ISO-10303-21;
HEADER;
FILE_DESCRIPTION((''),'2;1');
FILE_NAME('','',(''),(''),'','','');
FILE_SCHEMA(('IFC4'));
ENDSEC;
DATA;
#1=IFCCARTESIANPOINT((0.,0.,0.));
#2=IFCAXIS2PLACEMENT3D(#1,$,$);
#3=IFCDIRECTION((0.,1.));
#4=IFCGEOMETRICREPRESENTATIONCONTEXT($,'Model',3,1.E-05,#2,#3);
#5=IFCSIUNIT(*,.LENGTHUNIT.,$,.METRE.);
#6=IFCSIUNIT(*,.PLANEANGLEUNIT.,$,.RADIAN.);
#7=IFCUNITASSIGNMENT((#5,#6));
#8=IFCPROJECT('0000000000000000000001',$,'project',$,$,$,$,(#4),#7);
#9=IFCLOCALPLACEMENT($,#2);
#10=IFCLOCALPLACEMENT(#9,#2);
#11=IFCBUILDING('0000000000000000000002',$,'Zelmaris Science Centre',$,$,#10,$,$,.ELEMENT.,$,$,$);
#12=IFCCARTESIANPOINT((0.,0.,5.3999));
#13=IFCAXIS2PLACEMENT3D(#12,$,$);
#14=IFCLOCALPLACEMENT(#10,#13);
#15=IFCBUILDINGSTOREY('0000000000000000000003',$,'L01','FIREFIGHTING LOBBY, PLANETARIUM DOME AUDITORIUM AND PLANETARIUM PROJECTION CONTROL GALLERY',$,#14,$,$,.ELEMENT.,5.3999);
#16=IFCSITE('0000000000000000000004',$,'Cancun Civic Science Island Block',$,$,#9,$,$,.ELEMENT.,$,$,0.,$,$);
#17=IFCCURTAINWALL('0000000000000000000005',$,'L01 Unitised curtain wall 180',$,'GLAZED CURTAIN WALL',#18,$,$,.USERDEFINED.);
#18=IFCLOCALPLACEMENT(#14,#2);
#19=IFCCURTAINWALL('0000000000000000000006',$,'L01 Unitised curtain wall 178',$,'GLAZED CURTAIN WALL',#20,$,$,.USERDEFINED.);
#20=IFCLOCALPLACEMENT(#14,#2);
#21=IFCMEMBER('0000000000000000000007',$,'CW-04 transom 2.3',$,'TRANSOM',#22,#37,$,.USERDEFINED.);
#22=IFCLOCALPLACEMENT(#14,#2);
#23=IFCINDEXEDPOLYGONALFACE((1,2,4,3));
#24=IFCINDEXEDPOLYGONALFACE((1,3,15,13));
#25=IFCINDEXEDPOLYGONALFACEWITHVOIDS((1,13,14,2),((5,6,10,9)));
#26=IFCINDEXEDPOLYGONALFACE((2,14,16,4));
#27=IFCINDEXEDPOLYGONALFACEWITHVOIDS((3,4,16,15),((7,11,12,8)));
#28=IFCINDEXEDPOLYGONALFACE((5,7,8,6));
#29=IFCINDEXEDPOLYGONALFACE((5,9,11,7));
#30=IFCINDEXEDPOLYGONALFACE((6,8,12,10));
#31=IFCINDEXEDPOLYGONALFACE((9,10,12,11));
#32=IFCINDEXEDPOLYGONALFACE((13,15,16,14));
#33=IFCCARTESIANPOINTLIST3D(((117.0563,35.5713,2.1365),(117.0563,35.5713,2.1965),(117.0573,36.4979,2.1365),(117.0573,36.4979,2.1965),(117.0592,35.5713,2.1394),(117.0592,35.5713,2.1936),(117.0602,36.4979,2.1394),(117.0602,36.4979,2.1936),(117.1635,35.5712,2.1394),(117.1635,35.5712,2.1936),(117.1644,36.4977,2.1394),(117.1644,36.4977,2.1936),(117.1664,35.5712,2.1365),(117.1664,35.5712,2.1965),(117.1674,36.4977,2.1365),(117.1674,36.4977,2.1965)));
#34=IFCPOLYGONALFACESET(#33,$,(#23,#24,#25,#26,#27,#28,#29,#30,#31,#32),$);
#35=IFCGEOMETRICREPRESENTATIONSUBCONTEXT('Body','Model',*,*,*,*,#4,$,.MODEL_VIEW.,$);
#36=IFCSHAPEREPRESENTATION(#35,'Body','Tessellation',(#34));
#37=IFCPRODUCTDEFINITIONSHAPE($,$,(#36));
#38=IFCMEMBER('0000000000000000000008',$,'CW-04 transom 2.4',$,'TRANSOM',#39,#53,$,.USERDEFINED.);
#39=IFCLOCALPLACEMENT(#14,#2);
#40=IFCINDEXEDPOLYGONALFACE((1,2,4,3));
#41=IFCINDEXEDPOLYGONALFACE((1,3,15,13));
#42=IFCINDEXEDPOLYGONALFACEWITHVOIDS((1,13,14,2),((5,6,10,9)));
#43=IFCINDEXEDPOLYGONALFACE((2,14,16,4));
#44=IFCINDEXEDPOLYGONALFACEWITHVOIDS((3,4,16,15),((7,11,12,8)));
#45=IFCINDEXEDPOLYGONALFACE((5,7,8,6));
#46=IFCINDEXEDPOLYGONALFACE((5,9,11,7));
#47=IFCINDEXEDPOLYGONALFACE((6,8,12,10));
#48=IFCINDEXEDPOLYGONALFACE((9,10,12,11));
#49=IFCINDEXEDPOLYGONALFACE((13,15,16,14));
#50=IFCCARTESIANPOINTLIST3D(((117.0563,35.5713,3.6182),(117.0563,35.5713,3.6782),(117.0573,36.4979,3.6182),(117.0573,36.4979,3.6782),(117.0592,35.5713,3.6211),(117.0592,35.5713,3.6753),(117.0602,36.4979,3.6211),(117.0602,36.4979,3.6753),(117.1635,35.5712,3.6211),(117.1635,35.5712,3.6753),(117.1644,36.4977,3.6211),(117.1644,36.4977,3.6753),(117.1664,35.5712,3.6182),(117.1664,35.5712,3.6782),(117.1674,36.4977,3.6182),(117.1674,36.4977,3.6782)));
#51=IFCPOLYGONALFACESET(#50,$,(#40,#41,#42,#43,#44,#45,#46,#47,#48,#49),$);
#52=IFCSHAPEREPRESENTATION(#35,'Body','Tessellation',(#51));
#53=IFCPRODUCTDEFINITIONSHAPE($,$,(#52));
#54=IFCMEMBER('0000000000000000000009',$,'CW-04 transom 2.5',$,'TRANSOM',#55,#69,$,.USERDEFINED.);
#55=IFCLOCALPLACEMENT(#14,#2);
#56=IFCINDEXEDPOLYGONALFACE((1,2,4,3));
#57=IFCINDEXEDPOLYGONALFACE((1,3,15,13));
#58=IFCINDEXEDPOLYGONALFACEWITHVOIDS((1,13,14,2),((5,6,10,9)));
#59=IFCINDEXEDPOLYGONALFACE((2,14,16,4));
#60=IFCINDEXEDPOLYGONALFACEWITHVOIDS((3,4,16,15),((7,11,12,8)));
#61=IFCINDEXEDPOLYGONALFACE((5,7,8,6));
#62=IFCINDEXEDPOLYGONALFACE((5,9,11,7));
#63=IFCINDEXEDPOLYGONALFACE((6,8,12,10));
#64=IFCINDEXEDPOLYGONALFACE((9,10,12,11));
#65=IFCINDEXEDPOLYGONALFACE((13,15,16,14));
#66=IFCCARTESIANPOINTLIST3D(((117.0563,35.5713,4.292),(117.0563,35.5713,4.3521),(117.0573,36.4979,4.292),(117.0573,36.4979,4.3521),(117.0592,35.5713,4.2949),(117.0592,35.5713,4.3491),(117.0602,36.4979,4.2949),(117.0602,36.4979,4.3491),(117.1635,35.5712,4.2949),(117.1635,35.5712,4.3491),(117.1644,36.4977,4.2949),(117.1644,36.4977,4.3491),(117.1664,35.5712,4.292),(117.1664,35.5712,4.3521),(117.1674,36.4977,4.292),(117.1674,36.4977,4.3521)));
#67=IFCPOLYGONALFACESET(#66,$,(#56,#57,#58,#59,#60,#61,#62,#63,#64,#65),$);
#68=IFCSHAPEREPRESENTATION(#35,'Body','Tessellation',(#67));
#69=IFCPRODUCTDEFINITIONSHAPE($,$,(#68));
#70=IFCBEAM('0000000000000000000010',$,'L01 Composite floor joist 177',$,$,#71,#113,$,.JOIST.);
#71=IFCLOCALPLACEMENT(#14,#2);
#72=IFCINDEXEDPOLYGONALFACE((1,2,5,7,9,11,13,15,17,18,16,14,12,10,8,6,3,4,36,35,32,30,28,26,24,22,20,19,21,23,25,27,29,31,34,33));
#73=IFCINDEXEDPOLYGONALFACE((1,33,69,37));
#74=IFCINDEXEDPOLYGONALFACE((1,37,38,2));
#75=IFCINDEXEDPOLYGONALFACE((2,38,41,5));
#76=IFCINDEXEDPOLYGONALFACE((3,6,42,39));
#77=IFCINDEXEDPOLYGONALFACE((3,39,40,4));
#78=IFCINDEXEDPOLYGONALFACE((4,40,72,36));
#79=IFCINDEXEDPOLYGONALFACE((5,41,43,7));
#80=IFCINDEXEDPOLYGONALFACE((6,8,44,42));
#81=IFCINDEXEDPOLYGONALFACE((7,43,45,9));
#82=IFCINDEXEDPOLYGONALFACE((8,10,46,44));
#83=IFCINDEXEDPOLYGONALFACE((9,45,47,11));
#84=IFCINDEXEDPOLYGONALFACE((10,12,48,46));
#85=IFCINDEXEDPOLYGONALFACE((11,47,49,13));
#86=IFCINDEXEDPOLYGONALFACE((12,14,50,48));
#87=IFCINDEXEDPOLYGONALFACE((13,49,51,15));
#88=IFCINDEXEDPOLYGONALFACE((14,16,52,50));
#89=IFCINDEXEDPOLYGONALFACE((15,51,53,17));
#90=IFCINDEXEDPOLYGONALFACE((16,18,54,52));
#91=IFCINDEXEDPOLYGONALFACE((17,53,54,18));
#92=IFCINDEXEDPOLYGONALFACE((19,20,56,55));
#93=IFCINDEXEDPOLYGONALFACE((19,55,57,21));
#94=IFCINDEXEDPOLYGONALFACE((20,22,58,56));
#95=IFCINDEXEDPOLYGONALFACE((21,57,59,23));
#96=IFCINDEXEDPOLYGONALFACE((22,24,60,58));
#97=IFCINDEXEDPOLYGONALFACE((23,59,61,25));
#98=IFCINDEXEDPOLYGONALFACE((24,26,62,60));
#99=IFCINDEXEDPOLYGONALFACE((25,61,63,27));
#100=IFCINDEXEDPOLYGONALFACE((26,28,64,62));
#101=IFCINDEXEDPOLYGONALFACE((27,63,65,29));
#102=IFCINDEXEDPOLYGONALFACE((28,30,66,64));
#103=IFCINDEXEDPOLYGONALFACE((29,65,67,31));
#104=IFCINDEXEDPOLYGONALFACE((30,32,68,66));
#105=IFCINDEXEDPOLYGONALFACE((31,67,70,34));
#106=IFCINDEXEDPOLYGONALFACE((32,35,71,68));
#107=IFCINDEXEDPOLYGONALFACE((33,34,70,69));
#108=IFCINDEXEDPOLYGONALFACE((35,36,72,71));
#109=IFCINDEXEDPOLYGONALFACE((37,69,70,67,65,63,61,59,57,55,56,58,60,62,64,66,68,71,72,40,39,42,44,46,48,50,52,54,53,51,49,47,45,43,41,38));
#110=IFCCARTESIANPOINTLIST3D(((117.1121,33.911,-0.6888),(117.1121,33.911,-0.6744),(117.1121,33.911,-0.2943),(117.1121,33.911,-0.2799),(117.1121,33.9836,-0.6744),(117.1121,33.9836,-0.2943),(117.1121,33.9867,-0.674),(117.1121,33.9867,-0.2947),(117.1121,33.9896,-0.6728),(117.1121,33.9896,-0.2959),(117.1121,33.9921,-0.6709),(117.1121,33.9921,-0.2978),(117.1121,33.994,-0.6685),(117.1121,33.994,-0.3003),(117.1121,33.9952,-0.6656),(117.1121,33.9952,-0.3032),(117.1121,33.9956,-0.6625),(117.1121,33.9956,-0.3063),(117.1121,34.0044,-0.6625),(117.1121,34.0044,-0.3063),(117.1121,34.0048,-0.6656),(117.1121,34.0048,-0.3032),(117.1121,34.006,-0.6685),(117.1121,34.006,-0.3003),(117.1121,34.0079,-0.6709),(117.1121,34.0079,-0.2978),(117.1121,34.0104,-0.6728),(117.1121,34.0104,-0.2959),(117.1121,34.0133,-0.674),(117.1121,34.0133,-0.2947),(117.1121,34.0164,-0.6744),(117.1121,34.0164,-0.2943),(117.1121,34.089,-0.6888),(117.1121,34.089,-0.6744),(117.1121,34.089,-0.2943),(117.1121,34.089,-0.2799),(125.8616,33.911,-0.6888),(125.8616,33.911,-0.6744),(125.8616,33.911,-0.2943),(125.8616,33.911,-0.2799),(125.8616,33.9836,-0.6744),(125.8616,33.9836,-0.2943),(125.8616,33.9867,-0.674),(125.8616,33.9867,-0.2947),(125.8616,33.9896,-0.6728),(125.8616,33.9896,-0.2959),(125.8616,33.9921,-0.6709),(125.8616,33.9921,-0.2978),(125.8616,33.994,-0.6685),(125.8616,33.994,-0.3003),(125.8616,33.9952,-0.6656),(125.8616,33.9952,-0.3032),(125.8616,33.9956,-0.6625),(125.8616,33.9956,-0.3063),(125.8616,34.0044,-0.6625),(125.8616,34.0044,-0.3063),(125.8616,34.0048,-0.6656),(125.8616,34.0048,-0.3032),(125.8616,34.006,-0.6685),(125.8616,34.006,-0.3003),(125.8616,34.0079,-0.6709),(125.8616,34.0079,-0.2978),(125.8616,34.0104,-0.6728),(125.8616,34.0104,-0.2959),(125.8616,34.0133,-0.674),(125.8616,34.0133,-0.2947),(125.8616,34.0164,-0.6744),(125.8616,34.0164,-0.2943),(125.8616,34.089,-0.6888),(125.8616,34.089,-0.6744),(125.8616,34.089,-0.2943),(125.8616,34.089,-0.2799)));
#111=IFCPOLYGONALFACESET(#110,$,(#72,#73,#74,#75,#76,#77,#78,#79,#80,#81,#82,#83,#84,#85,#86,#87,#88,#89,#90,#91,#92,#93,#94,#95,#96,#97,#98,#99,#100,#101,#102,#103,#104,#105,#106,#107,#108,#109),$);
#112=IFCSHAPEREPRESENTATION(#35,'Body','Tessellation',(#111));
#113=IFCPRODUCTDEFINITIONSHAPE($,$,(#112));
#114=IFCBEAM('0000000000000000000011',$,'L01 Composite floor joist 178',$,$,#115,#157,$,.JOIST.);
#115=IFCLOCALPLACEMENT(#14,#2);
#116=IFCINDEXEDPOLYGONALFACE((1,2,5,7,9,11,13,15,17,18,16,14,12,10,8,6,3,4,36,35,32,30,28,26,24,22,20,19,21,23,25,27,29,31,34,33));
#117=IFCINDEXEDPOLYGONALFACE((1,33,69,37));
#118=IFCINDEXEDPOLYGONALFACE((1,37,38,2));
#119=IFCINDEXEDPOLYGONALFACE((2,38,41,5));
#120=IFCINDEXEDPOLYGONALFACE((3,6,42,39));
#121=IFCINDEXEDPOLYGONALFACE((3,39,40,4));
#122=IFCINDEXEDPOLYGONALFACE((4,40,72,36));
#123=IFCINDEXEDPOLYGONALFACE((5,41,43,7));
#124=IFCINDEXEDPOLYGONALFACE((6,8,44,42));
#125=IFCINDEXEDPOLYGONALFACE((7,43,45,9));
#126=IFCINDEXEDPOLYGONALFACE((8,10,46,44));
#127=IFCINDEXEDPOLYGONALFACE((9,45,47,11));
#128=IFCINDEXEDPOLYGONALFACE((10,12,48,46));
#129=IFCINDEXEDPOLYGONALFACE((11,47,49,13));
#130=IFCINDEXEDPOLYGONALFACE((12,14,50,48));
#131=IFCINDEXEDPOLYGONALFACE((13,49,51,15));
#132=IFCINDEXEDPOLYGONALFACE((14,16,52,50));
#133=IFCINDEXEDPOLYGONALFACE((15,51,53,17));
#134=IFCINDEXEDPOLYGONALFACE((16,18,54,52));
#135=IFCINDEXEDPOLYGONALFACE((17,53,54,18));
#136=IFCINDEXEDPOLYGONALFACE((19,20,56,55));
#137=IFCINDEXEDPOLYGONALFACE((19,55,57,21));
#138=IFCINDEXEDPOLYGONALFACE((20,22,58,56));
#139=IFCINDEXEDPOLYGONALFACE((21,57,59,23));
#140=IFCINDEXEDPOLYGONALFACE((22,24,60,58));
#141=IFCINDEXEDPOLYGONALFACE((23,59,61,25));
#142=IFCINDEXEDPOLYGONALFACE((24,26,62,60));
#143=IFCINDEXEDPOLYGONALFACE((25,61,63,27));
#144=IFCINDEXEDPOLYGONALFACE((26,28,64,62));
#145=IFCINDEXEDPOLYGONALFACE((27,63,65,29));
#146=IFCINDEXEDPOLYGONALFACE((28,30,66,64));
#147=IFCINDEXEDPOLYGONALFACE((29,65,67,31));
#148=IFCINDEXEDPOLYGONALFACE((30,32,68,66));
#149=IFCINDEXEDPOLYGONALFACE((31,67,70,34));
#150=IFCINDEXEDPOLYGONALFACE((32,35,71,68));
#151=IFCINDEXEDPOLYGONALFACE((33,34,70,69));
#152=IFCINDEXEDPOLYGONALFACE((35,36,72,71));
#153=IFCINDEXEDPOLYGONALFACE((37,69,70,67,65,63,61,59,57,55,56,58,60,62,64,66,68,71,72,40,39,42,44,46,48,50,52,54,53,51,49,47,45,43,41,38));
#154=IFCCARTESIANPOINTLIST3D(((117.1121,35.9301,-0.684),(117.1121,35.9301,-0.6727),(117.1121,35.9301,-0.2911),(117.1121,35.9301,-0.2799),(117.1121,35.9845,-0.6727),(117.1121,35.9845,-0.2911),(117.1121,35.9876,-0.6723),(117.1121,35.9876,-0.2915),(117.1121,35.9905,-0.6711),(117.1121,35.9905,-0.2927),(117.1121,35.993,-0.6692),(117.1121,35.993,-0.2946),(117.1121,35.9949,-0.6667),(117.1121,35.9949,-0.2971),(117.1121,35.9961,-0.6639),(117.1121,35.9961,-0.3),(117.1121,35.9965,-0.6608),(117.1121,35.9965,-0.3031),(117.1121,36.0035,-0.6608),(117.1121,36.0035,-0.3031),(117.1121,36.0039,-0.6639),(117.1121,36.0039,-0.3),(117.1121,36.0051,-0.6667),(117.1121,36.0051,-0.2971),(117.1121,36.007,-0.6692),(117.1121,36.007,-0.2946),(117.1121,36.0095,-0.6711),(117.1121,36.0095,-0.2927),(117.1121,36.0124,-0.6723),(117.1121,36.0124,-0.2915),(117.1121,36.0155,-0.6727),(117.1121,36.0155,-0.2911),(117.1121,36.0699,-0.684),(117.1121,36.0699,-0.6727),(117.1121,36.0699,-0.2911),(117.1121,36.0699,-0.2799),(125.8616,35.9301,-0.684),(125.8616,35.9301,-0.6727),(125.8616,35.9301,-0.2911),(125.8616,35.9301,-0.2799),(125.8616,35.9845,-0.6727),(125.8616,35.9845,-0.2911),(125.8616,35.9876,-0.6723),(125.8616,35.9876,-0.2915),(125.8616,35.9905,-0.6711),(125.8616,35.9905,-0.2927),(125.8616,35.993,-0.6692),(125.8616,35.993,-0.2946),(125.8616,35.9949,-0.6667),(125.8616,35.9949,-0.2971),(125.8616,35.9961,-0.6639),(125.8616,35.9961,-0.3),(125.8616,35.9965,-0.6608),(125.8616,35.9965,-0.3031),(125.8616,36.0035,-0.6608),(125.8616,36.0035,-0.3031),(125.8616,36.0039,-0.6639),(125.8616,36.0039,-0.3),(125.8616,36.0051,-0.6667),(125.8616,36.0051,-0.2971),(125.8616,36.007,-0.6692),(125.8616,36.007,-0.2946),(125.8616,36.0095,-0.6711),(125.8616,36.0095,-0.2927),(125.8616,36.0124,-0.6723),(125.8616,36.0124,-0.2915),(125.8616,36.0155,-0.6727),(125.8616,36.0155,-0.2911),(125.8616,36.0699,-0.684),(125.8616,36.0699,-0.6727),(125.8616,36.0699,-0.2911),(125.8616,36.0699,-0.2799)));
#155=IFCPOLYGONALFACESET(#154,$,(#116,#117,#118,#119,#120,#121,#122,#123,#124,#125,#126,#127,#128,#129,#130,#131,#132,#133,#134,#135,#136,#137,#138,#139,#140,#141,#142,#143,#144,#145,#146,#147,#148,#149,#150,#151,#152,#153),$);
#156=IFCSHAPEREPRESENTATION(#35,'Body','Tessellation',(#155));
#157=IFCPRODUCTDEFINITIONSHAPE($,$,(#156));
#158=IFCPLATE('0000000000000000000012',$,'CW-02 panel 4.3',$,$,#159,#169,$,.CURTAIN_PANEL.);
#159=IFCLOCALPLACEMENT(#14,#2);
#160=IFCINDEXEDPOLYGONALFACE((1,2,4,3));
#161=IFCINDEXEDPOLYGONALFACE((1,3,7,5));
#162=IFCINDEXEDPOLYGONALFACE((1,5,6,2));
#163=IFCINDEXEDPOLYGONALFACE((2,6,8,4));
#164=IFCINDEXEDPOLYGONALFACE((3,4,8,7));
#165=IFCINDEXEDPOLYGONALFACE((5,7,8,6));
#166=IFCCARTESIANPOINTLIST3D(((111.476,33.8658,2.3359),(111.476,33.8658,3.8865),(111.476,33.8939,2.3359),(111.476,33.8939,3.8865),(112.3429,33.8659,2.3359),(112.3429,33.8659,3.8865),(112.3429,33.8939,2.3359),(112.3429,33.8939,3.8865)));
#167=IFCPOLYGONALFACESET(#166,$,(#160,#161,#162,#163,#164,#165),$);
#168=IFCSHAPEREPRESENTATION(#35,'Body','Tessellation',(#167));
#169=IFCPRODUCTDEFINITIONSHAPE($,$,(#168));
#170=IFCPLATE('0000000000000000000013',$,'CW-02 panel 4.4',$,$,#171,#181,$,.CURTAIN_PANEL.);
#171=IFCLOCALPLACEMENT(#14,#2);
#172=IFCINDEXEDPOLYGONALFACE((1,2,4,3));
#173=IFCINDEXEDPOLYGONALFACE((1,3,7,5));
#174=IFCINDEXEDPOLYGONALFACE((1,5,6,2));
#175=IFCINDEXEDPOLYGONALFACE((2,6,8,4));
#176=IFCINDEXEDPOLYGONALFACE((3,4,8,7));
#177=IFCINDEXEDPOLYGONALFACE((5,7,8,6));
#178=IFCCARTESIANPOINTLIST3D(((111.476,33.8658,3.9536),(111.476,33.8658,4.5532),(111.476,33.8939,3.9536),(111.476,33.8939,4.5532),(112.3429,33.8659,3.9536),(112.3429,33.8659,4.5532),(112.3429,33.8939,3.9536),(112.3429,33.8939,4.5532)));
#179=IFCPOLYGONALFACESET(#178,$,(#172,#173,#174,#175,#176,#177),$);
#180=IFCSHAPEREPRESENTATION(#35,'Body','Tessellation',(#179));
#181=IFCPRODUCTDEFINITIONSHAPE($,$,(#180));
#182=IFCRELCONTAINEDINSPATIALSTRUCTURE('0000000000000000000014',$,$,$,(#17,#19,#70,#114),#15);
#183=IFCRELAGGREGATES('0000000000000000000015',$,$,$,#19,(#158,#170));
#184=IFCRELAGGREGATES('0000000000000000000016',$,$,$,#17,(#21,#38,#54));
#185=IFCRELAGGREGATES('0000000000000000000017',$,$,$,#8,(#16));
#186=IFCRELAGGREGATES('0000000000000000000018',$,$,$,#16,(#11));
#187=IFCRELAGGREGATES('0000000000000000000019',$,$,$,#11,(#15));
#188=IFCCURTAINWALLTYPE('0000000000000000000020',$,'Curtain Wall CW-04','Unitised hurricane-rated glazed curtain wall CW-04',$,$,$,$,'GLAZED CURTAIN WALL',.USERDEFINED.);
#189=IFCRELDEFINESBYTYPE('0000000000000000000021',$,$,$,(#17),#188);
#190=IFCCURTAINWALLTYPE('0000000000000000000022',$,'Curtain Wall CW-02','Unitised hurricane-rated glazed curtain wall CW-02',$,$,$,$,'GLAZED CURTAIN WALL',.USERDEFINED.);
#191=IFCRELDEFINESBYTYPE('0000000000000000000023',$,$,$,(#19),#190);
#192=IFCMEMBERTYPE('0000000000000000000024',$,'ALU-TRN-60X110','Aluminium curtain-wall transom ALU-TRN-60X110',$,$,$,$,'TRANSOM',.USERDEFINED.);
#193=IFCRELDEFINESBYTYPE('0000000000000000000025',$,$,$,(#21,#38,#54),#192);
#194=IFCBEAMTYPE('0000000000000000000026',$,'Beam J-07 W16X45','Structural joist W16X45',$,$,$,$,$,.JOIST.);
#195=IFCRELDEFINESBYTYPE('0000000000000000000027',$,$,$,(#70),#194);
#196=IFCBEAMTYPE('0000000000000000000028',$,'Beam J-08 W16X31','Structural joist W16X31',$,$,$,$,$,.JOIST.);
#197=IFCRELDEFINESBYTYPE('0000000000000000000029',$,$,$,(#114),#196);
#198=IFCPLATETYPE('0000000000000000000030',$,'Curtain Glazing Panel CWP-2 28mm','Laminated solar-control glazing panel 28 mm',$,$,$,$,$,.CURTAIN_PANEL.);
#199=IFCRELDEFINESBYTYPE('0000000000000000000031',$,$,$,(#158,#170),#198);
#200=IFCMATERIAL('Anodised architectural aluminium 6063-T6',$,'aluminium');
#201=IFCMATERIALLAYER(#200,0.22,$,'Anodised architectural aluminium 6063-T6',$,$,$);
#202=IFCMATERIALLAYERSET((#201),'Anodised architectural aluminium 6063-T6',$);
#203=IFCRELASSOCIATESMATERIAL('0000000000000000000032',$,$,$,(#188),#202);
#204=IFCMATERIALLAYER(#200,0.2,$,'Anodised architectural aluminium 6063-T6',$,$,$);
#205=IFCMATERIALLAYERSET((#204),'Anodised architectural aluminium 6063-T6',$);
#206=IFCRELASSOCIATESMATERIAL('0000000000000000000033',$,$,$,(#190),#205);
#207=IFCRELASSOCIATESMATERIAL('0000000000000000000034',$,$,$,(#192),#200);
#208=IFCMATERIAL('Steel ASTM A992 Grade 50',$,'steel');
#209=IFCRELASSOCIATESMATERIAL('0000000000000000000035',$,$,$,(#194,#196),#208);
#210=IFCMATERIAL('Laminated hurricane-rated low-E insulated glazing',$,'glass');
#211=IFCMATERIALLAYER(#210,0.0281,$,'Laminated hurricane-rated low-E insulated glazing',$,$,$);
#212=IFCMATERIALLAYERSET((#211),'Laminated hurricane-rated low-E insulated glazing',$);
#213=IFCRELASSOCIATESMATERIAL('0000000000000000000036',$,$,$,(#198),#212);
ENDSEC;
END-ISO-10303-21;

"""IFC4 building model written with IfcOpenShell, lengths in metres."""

from ifc_helpers import new_model, si_unit, direction, frame, origin, origin_2d, place, context, subcontext, project, spatial, rectangle, hollow_rectangle, i_section, extrude, material, layer, layer_set, material_profile, profile_set, type_object, element, aggregate, save


model = new_model("IFC4")

# Units and contexts
model_context = context("Model", 3, precision=1e-05, world=origin(), true_north=direction((0.0, 1.0)))
body_context = subcontext(model_context, "Body", "Model", "MODEL_VIEW")
ifc_project = project(units=[si_unit("LENGTHUNIT", "METRE"), si_unit("PLANEANGLEUNIT", "RADIAN")], contexts=[model_context])

# Site, building, storey
site_placement = place(None, origin())
site = spatial("IfcSite", under=ifc_project, at=site_placement, Name="Cancun Civic Science Island Block", CompositionType="ELEMENT", RefElevation=0.0)
building_placement = place(site_placement, origin())
building = spatial("IfcBuilding", under=site, at=building_placement, Name="Zelmaris Science Centre", CompositionType="ELEMENT")
storey_placement = place(building_placement, frame((0.0, 0.0, 5.3999)))
storey = spatial("IfcBuildingStorey", under=building, at=storey_placement, Name="L01", Description="FIREFIGHTING LOBBY, PLANETARIUM DOME AUDITORIUM AND PLANETARIUM PROJECTION CONTROL GALLERY", CompositionType="ELEMENT", Elevation=5.3999)

# Curtain wall
ifc_material_1 = material(Name="Anodised architectural aluminium 6063-T6", Category="aluminium")
ifc_layer_1 = layer(ifc_material_1, 0.22, Name="Anodised architectural aluminium 6063-T6")
ifc_layer_set_1 = layer_set([ifc_layer_1], Name="Anodised architectural aluminium 6063-T6")
curtain_wall_type_1 = type_object("IfcCurtainWallType", Name="Curtain Wall CW-04", Description="Unitised hurricane-rated glazed curtain wall CW-04", ElementType="GLAZED CURTAIN WALL", PredefinedType="USERDEFINED", material=ifc_layer_set_1)
curtain_wall_1_placement = place(storey_placement, origin())
curtain_wall_1 = element("IfcCurtainWall", 1, at=curtain_wall_1_placement, inside=storey, type_object=curtain_wall_type_1, Name="L01 Unitised curtain wall 180", ObjectType="GLAZED CURTAIN WALL", PredefinedType="USERDEFINED")

# Curtain wall
ifc_layer_2 = layer(ifc_material_1, 0.2, Name="Anodised architectural aluminium 6063-T6")
ifc_layer_set_2 = layer_set([ifc_layer_2], Name="Anodised architectural aluminium 6063-T6")
curtain_wall_type_2 = type_object("IfcCurtainWallType", Name="Curtain Wall CW-02", Description="Unitised hurricane-rated glazed curtain wall CW-02", ElementType="GLAZED CURTAIN WALL", PredefinedType="USERDEFINED", material=ifc_layer_set_2)
curtain_wall_2_placement = place(storey_placement, origin())
curtain_wall_2 = element("IfcCurtainWall", 2, at=curtain_wall_2_placement, inside=storey, type_object=curtain_wall_type_2, Name="L01 Unitised curtain wall 178", ObjectType="GLAZED CURTAIN WALL", PredefinedType="USERDEFINED")

# Members
ifc_material_profile_1 = material_profile(ifc_material_1, hollow_rectangle(XDim=0.0601, YDim=0.1101, WallThickness=0.0029, at=origin_2d()), Name="ALU-TRN-60X110")
ifc_profile_set_1 = profile_set([ifc_material_profile_1], Name="Anodised architectural aluminium 6063-T6")
member_type_1 = type_object("IfcMemberType", Name="ALU-TRN-60X110", Description="Aluminium curtain-wall transom ALU-TRN-60X110", ElementType="TRANSOM", PredefinedType="USERDEFINED", material=ifc_profile_set_1)
member_1_placement = place(storey_placement, frame((117.1113, 35.5713, 2.1665), z_axis=(0.001054, 0.999999, 0.0), x_axis=(0.0, 0.0, 1.0)))
member_1 = element("IfcMember", 3, at=member_1_placement, type_object=member_type_1, Name="CW-04 transom 2.3", ObjectType="TRANSOM", PredefinedType="USERDEFINED", context=body_context, shape_type="SweptSolid", body=[
    extrude(hollow_rectangle(XDim=0.0601, YDim=0.1101, WallThickness=0.0029, at=origin_2d()), origin(), (0.0, 0.0, 1.0), 0.9265),
])
member_2_placement = place(storey_placement, frame((117.1113, 35.5713, 3.6482), z_axis=(0.001054, 0.999999, 0.0), x_axis=(0.0, 0.0, 1.0)))
member_2 = element("IfcMember", 4, at=member_2_placement, type_object=member_type_1, Name="CW-04 transom 2.4", ObjectType="TRANSOM", PredefinedType="USERDEFINED", context=body_context, shape_type="SweptSolid", body=[
    extrude(hollow_rectangle(XDim=0.0601, YDim=0.1101, WallThickness=0.0029, at=origin_2d()), origin(), (0.0, 0.0, 1.0), 0.9265),
])
member_3_placement = place(storey_placement, frame((117.1113, 35.5713, 4.322), z_axis=(0.001054, 0.999999, 0.0), x_axis=(0.0, 0.0, 1.0)))
member_3 = element("IfcMember", 5, at=member_3_placement, type_object=member_type_1, Name="CW-04 transom 2.5", ObjectType="TRANSOM", PredefinedType="USERDEFINED", context=body_context, shape_type="SweptSolid", body=[
    extrude(hollow_rectangle(XDim=0.0601, YDim=0.1101, WallThickness=0.0029, at=origin_2d()), origin(), (0.0, 0.0, 1.0), 0.9265),
])

# Beams
ifc_material_2 = material(Name="Steel ASTM A992 Grade 50", Category="steel")
ifc_material_profile_2 = material_profile(ifc_material_2, i_section(OverallWidth=0.178, OverallDepth=0.4089, WebThickness=0.0088, FlangeThickness=0.0144, FilletRadius=0.012, at=origin_2d()), Name="W16X45")
ifc_profile_set_2 = profile_set([ifc_material_profile_2], Name="Steel ASTM A992 Grade 50")
beam_type_1 = type_object("IfcBeamType", Name="Beam J-07 W16X45", Description="Structural joist W16X45", PredefinedType="JOIST", material=ifc_profile_set_2)
beam_1_placement = place(storey_placement, frame((117.1121, 34.0, -0.4844), z_axis=(1.0, 0.0, 0.0), x_axis=(0.0, 1.0, 0.0)))
element("IfcBeam", 6, at=beam_1_placement, inside=storey, type_object=beam_type_1, Name="L01 Composite floor joist 177", PredefinedType="JOIST", context=body_context, shape_type="SweptSolid", body=[
    extrude(i_section(OverallWidth=0.178, OverallDepth=0.4089, WebThickness=0.0088, FlangeThickness=0.0144, FilletRadius=0.012, at=origin_2d()), origin(), (0.0, 0.0, 1.0), 8.7495),
])
ifc_material_profile_3 = material_profile(ifc_material_2, i_section(OverallWidth=0.1399, OverallDepth=0.4041, WebThickness=0.0071, FlangeThickness=0.0112, FilletRadius=0.012, at=origin_2d()), Name="W16X31")
ifc_profile_set_3 = profile_set([ifc_material_profile_3], Name="Steel ASTM A992 Grade 50")
beam_type_2 = type_object("IfcBeamType", Name="Beam J-08 W16X31", Description="Structural joist W16X31", PredefinedType="JOIST", material=ifc_profile_set_3)
beam_2_placement = place(storey_placement, frame((117.1121, 36.0, -0.4819), z_axis=(1.0, 0.0, 0.0), x_axis=(0.0, 1.0, 0.0)))
element("IfcBeam", 7, at=beam_2_placement, inside=storey, type_object=beam_type_2, Name="L01 Composite floor joist 178", PredefinedType="JOIST", context=body_context, shape_type="SweptSolid", body=[
    extrude(i_section(OverallWidth=0.1399, OverallDepth=0.4041, WebThickness=0.0071, FlangeThickness=0.0112, FilletRadius=0.012, at=origin_2d()), origin(), (0.0, 0.0, 1.0), 8.7495),
])

# Plates
ifc_material_3 = material(Name="Laminated hurricane-rated low-E insulated glazing", Category="glass")
ifc_layer_3 = layer(ifc_material_3, 0.0281, Name="Laminated hurricane-rated low-E insulated glazing")
ifc_layer_set_3 = layer_set([ifc_layer_3], Name="Laminated hurricane-rated low-E insulated glazing")
plate_type_1 = type_object("IfcPlateType", Name="Curtain Glazing Panel CWP-2 28mm", Description="Laminated solar-control glazing panel 28 mm", PredefinedType="CURTAIN_PANEL", material=ifc_layer_set_3)
plate_1_placement = place(storey_placement, frame((111.9094, 33.8799, 2.3359), z_axis=(0.0, 0.0, 1.0), x_axis=(1.0, 0.000026, 0.0)))
plate_1 = element("IfcPlate", 8, at=plate_1_placement, type_object=plate_type_1, Name="CW-02 panel 4.3", PredefinedType="CURTAIN_PANEL", context=body_context, shape_type="SweptSolid", body=[
    extrude(rectangle(XDim=0.8669, YDim=0.0281, at=origin_2d()), origin(), (0.0, 0.0, 1.0), 1.5505),
])
plate_2_placement = place(storey_placement, frame((111.9094, 33.8799, 3.9536), z_axis=(0.0, 0.0, 1.0), x_axis=(1.0, 0.000026, 0.0)))
plate_2 = element("IfcPlate", 9, at=plate_2_placement, type_object=plate_type_1, Name="CW-02 panel 4.4", PredefinedType="CURTAIN_PANEL", context=body_context, shape_type="SweptSolid", body=[
    extrude(rectangle(XDim=0.8669, YDim=0.0281, at=origin_2d()), origin(), (0.0, 0.0, 1.0), 0.5996),
])
aggregate(curtain_wall_2, [plate_1, plate_2])
aggregate(curtain_wall_1, [member_1, member_2, member_3])

save(model, "model.ifc")
